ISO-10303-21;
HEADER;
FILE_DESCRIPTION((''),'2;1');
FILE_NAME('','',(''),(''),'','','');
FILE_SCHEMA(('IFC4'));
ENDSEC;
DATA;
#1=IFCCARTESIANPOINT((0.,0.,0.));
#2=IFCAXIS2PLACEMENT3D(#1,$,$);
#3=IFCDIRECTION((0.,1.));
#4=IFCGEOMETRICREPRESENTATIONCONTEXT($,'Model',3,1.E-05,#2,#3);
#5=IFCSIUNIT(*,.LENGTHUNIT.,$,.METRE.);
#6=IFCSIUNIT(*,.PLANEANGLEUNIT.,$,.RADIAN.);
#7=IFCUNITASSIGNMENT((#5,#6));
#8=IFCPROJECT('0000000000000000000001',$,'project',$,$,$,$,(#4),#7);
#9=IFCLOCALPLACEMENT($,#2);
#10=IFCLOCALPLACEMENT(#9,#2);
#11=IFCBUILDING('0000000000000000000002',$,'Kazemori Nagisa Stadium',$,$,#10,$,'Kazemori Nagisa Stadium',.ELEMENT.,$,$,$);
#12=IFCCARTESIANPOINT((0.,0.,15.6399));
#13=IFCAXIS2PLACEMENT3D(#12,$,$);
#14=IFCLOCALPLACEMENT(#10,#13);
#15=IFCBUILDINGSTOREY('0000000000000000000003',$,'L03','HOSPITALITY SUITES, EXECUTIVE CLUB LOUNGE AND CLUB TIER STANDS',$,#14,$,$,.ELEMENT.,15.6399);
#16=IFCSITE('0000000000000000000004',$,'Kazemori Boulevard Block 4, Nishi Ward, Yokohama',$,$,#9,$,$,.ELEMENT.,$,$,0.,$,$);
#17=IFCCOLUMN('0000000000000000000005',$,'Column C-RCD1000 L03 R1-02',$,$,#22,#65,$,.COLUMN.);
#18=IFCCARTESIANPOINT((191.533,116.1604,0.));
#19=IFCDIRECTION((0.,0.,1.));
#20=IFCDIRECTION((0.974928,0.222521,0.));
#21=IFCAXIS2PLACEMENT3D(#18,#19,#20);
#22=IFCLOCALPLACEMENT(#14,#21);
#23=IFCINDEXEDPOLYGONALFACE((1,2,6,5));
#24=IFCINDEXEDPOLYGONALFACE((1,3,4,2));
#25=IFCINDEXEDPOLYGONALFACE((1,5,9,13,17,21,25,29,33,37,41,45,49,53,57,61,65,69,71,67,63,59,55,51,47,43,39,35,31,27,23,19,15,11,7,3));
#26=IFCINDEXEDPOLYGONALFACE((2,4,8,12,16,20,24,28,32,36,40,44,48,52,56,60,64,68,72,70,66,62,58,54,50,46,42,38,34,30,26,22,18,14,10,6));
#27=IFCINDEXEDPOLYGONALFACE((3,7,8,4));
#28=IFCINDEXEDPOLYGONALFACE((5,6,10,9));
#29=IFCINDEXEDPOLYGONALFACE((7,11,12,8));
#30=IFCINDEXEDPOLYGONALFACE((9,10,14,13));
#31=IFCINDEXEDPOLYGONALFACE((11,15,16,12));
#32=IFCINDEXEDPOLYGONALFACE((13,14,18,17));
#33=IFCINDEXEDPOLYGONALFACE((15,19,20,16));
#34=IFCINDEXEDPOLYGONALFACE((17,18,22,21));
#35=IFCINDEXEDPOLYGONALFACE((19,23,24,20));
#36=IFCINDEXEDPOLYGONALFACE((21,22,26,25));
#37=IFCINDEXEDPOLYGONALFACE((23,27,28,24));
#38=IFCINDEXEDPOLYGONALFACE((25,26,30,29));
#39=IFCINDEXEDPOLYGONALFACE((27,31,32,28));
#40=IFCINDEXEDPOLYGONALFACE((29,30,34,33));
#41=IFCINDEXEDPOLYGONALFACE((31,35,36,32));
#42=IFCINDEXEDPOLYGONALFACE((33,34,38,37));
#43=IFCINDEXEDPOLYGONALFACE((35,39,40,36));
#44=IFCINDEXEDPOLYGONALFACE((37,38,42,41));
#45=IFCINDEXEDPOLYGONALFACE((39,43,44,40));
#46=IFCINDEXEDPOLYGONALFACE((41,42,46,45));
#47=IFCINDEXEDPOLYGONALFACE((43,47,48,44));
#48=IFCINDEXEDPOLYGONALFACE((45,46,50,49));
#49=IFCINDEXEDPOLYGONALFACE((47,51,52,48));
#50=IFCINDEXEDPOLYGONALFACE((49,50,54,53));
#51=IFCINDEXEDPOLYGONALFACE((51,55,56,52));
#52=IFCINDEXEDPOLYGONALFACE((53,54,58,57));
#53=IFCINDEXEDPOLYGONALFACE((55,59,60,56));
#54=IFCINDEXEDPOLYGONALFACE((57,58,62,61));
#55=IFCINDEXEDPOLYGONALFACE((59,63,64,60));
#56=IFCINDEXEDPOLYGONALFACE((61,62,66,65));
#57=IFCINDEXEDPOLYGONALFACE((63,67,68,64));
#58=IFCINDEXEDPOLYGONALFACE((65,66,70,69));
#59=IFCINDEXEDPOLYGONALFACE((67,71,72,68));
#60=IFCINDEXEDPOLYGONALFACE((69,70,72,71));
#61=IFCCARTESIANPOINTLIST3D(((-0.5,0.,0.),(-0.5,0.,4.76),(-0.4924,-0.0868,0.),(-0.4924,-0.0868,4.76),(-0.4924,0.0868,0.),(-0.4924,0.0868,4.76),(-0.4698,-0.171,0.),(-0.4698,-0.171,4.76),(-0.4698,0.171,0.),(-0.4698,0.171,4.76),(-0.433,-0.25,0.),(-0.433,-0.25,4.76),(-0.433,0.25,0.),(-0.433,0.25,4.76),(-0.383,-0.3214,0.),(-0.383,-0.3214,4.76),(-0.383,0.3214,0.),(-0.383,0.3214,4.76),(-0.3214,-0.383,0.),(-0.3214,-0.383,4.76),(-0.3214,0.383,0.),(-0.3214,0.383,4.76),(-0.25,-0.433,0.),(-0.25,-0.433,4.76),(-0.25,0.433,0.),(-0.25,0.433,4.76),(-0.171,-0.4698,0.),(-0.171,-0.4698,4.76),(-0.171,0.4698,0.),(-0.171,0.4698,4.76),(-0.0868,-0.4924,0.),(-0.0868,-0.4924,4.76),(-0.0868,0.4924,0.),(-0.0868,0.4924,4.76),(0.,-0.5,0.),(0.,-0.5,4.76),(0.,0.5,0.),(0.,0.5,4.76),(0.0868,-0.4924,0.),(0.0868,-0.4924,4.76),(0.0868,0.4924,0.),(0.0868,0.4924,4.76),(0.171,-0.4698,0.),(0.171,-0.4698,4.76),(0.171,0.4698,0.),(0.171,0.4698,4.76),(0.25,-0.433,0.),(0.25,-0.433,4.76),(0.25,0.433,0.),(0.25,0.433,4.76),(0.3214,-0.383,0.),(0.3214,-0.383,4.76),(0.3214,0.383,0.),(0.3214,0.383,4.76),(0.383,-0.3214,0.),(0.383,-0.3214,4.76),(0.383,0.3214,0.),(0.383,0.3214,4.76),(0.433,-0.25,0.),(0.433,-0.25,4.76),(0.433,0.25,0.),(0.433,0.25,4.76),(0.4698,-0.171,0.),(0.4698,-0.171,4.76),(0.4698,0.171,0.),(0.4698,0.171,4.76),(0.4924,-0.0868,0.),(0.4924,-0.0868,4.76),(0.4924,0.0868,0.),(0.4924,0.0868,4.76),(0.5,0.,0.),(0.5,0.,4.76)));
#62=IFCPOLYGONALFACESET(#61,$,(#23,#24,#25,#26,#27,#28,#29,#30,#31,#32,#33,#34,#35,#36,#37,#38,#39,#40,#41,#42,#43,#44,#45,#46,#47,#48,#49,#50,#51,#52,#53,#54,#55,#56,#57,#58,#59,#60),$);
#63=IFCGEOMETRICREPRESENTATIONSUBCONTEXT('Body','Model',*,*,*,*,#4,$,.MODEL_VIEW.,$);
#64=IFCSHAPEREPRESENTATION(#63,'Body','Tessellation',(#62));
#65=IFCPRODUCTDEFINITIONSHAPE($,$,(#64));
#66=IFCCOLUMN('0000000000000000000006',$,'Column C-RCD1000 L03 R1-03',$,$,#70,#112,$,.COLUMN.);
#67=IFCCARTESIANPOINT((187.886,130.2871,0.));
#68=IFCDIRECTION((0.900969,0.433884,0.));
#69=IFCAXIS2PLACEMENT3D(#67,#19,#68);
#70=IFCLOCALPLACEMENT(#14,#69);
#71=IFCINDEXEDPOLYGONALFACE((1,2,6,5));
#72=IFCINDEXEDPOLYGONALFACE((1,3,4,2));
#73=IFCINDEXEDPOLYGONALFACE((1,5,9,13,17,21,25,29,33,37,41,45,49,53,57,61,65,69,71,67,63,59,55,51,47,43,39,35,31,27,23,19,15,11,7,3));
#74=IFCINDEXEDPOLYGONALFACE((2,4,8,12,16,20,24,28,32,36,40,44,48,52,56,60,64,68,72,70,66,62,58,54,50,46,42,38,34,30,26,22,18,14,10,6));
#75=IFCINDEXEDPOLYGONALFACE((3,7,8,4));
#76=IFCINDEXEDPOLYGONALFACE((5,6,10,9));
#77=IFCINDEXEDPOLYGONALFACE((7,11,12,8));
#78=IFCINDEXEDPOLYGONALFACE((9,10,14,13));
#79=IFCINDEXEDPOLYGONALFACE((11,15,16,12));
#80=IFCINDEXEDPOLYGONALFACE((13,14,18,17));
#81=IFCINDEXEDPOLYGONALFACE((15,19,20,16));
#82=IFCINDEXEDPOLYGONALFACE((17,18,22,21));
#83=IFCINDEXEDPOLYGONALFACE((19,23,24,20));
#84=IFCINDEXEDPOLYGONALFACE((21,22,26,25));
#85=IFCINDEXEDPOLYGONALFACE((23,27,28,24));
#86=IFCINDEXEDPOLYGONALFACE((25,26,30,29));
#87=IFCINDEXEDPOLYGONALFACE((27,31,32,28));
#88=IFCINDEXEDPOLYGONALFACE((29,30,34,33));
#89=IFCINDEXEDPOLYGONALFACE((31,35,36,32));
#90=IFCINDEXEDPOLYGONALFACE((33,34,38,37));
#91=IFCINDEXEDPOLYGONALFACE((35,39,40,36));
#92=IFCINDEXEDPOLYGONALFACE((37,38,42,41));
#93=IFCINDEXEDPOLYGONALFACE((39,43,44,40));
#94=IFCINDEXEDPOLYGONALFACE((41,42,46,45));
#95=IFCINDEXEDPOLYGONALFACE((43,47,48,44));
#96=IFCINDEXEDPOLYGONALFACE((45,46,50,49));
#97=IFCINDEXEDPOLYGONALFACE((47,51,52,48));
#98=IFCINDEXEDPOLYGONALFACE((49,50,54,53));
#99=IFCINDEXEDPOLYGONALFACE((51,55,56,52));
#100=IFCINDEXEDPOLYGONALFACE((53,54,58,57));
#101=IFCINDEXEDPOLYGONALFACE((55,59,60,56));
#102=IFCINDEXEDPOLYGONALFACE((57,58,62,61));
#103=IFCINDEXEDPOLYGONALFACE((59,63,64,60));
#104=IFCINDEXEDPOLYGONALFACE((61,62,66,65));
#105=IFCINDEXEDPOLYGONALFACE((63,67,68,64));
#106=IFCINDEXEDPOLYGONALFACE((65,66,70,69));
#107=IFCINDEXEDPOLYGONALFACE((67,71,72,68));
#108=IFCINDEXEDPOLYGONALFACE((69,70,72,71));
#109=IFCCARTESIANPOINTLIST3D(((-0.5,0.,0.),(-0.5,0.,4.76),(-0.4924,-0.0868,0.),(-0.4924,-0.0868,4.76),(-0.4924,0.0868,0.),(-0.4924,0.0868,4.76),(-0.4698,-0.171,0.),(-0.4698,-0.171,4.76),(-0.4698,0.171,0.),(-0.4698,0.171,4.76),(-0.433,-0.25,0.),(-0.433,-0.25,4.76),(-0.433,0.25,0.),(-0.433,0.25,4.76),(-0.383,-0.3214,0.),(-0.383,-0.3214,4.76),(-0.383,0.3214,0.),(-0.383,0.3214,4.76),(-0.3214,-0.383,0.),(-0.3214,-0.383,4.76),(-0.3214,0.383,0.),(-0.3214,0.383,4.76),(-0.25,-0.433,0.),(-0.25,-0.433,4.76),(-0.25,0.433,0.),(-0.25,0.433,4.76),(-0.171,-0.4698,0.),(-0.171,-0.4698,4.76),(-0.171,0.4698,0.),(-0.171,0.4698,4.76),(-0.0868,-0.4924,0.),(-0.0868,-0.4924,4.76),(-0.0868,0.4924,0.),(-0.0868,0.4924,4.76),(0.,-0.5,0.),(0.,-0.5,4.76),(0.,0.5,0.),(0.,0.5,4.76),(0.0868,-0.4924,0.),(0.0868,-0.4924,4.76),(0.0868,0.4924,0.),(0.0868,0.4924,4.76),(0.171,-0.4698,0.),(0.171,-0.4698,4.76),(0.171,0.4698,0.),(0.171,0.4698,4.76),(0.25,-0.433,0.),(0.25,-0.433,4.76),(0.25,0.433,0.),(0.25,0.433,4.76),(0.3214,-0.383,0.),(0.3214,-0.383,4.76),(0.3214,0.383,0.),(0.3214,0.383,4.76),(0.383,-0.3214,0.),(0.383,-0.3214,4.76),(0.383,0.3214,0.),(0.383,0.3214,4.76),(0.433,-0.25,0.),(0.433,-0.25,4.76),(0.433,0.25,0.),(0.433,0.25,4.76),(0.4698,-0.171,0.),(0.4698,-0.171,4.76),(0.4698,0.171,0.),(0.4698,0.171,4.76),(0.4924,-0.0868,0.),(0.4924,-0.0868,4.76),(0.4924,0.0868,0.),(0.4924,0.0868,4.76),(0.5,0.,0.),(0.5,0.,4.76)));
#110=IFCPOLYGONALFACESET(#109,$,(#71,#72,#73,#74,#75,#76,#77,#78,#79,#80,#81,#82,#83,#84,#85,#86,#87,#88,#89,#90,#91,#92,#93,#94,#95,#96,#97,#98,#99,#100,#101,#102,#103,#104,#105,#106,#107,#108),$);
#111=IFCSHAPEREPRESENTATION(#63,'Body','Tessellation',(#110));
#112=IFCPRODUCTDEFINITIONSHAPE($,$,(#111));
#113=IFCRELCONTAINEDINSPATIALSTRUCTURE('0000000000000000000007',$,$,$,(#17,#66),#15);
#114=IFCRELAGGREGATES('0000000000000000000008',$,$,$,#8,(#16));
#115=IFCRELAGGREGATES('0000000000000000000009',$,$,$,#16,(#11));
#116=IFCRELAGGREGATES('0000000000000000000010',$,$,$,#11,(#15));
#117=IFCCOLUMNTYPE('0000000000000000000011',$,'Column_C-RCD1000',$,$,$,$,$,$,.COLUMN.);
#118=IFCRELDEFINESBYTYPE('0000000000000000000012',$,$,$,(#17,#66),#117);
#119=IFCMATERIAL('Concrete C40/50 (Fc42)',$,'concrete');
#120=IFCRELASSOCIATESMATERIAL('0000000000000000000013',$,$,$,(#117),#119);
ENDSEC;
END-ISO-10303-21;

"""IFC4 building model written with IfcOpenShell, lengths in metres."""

from ifc_helpers import new_model, si_unit, direction, frame, origin, origin_2d, place, context, subcontext, project, spatial, circle, extrude, material, material_profile, profile_set, type_object, element, save


model = new_model("IFC4")

# Units and contexts
model_context = context("Model", 3, precision=1e-05, world=origin(), true_north=direction((0.0, 1.0)))
body_context = subcontext(model_context, "Body", "Model", "MODEL_VIEW")
ifc_project = project(units=[si_unit("LENGTHUNIT", "METRE"), si_unit("PLANEANGLEUNIT", "RADIAN")], contexts=[model_context])

# Site, building, storey
site_placement = place(None, origin())
site = spatial("IfcSite", under=ifc_project, at=site_placement, Name="Kazemori Boulevard Block 4, Nishi Ward, Yokohama", CompositionType="ELEMENT", RefElevation=0.0)
building_placement = place(site_placement, origin())
building = spatial("IfcBuilding", under=site, at=building_placement, Name="Kazemori Nagisa Stadium", LongName="Kazemori Nagisa Stadium", CompositionType="ELEMENT")
storey_placement = place(building_placement, frame((0.0, 0.0, 15.6399)))
storey = spatial("IfcBuildingStorey", under=building, at=storey_placement, Name="L03", Description="HOSPITALITY SUITES, EXECUTIVE CLUB LOUNGE AND CLUB TIER STANDS", CompositionType="ELEMENT", Elevation=15.6399)

# Columns
ifc_material_1 = material(Name="Concrete C40/50 (Fc42)", Category="concrete")
ifc_material_profile_1 = material_profile(ifc_material_1, circle(Radius=0.5, at=origin_2d()), Name="RC-COL-D1000")
ifc_profile_set_1 = profile_set([ifc_material_profile_1], Name="Concrete C40/50 (Fc42)")
column_type_1 = type_object("IfcColumnType", Name="Column_C-RCD1000", PredefinedType="COLUMN", material=ifc_profile_set_1)
for number, where, z_axis, x_axis, name in (
    (1, (191.533, 116.1604, 0.0), (0.0, 0.0, 1.0), (0.974928, 0.222521, 0.0), "Column C-RCD1000 L03 R1-02"),
    (2, (187.886, 130.2871, 0.0), (0.0, 0.0, 1.0), (0.900969, 0.433884, 0.0), "Column C-RCD1000 L03 R1-03"),
):
    element("IfcColumn", number, at=place(storey_placement, frame(where, z_axis=z_axis, x_axis=x_axis)), inside=storey, type_object=column_type_1, Name=name, PredefinedType="COLUMN", context=body_context, shape_type="SweptSolid", body=[
        extrude(circle(Radius=0.5, at=origin_2d()), origin(), (0.0, 0.0, 1.0), 4.76),
    ])

save(model, "model.ifc")
